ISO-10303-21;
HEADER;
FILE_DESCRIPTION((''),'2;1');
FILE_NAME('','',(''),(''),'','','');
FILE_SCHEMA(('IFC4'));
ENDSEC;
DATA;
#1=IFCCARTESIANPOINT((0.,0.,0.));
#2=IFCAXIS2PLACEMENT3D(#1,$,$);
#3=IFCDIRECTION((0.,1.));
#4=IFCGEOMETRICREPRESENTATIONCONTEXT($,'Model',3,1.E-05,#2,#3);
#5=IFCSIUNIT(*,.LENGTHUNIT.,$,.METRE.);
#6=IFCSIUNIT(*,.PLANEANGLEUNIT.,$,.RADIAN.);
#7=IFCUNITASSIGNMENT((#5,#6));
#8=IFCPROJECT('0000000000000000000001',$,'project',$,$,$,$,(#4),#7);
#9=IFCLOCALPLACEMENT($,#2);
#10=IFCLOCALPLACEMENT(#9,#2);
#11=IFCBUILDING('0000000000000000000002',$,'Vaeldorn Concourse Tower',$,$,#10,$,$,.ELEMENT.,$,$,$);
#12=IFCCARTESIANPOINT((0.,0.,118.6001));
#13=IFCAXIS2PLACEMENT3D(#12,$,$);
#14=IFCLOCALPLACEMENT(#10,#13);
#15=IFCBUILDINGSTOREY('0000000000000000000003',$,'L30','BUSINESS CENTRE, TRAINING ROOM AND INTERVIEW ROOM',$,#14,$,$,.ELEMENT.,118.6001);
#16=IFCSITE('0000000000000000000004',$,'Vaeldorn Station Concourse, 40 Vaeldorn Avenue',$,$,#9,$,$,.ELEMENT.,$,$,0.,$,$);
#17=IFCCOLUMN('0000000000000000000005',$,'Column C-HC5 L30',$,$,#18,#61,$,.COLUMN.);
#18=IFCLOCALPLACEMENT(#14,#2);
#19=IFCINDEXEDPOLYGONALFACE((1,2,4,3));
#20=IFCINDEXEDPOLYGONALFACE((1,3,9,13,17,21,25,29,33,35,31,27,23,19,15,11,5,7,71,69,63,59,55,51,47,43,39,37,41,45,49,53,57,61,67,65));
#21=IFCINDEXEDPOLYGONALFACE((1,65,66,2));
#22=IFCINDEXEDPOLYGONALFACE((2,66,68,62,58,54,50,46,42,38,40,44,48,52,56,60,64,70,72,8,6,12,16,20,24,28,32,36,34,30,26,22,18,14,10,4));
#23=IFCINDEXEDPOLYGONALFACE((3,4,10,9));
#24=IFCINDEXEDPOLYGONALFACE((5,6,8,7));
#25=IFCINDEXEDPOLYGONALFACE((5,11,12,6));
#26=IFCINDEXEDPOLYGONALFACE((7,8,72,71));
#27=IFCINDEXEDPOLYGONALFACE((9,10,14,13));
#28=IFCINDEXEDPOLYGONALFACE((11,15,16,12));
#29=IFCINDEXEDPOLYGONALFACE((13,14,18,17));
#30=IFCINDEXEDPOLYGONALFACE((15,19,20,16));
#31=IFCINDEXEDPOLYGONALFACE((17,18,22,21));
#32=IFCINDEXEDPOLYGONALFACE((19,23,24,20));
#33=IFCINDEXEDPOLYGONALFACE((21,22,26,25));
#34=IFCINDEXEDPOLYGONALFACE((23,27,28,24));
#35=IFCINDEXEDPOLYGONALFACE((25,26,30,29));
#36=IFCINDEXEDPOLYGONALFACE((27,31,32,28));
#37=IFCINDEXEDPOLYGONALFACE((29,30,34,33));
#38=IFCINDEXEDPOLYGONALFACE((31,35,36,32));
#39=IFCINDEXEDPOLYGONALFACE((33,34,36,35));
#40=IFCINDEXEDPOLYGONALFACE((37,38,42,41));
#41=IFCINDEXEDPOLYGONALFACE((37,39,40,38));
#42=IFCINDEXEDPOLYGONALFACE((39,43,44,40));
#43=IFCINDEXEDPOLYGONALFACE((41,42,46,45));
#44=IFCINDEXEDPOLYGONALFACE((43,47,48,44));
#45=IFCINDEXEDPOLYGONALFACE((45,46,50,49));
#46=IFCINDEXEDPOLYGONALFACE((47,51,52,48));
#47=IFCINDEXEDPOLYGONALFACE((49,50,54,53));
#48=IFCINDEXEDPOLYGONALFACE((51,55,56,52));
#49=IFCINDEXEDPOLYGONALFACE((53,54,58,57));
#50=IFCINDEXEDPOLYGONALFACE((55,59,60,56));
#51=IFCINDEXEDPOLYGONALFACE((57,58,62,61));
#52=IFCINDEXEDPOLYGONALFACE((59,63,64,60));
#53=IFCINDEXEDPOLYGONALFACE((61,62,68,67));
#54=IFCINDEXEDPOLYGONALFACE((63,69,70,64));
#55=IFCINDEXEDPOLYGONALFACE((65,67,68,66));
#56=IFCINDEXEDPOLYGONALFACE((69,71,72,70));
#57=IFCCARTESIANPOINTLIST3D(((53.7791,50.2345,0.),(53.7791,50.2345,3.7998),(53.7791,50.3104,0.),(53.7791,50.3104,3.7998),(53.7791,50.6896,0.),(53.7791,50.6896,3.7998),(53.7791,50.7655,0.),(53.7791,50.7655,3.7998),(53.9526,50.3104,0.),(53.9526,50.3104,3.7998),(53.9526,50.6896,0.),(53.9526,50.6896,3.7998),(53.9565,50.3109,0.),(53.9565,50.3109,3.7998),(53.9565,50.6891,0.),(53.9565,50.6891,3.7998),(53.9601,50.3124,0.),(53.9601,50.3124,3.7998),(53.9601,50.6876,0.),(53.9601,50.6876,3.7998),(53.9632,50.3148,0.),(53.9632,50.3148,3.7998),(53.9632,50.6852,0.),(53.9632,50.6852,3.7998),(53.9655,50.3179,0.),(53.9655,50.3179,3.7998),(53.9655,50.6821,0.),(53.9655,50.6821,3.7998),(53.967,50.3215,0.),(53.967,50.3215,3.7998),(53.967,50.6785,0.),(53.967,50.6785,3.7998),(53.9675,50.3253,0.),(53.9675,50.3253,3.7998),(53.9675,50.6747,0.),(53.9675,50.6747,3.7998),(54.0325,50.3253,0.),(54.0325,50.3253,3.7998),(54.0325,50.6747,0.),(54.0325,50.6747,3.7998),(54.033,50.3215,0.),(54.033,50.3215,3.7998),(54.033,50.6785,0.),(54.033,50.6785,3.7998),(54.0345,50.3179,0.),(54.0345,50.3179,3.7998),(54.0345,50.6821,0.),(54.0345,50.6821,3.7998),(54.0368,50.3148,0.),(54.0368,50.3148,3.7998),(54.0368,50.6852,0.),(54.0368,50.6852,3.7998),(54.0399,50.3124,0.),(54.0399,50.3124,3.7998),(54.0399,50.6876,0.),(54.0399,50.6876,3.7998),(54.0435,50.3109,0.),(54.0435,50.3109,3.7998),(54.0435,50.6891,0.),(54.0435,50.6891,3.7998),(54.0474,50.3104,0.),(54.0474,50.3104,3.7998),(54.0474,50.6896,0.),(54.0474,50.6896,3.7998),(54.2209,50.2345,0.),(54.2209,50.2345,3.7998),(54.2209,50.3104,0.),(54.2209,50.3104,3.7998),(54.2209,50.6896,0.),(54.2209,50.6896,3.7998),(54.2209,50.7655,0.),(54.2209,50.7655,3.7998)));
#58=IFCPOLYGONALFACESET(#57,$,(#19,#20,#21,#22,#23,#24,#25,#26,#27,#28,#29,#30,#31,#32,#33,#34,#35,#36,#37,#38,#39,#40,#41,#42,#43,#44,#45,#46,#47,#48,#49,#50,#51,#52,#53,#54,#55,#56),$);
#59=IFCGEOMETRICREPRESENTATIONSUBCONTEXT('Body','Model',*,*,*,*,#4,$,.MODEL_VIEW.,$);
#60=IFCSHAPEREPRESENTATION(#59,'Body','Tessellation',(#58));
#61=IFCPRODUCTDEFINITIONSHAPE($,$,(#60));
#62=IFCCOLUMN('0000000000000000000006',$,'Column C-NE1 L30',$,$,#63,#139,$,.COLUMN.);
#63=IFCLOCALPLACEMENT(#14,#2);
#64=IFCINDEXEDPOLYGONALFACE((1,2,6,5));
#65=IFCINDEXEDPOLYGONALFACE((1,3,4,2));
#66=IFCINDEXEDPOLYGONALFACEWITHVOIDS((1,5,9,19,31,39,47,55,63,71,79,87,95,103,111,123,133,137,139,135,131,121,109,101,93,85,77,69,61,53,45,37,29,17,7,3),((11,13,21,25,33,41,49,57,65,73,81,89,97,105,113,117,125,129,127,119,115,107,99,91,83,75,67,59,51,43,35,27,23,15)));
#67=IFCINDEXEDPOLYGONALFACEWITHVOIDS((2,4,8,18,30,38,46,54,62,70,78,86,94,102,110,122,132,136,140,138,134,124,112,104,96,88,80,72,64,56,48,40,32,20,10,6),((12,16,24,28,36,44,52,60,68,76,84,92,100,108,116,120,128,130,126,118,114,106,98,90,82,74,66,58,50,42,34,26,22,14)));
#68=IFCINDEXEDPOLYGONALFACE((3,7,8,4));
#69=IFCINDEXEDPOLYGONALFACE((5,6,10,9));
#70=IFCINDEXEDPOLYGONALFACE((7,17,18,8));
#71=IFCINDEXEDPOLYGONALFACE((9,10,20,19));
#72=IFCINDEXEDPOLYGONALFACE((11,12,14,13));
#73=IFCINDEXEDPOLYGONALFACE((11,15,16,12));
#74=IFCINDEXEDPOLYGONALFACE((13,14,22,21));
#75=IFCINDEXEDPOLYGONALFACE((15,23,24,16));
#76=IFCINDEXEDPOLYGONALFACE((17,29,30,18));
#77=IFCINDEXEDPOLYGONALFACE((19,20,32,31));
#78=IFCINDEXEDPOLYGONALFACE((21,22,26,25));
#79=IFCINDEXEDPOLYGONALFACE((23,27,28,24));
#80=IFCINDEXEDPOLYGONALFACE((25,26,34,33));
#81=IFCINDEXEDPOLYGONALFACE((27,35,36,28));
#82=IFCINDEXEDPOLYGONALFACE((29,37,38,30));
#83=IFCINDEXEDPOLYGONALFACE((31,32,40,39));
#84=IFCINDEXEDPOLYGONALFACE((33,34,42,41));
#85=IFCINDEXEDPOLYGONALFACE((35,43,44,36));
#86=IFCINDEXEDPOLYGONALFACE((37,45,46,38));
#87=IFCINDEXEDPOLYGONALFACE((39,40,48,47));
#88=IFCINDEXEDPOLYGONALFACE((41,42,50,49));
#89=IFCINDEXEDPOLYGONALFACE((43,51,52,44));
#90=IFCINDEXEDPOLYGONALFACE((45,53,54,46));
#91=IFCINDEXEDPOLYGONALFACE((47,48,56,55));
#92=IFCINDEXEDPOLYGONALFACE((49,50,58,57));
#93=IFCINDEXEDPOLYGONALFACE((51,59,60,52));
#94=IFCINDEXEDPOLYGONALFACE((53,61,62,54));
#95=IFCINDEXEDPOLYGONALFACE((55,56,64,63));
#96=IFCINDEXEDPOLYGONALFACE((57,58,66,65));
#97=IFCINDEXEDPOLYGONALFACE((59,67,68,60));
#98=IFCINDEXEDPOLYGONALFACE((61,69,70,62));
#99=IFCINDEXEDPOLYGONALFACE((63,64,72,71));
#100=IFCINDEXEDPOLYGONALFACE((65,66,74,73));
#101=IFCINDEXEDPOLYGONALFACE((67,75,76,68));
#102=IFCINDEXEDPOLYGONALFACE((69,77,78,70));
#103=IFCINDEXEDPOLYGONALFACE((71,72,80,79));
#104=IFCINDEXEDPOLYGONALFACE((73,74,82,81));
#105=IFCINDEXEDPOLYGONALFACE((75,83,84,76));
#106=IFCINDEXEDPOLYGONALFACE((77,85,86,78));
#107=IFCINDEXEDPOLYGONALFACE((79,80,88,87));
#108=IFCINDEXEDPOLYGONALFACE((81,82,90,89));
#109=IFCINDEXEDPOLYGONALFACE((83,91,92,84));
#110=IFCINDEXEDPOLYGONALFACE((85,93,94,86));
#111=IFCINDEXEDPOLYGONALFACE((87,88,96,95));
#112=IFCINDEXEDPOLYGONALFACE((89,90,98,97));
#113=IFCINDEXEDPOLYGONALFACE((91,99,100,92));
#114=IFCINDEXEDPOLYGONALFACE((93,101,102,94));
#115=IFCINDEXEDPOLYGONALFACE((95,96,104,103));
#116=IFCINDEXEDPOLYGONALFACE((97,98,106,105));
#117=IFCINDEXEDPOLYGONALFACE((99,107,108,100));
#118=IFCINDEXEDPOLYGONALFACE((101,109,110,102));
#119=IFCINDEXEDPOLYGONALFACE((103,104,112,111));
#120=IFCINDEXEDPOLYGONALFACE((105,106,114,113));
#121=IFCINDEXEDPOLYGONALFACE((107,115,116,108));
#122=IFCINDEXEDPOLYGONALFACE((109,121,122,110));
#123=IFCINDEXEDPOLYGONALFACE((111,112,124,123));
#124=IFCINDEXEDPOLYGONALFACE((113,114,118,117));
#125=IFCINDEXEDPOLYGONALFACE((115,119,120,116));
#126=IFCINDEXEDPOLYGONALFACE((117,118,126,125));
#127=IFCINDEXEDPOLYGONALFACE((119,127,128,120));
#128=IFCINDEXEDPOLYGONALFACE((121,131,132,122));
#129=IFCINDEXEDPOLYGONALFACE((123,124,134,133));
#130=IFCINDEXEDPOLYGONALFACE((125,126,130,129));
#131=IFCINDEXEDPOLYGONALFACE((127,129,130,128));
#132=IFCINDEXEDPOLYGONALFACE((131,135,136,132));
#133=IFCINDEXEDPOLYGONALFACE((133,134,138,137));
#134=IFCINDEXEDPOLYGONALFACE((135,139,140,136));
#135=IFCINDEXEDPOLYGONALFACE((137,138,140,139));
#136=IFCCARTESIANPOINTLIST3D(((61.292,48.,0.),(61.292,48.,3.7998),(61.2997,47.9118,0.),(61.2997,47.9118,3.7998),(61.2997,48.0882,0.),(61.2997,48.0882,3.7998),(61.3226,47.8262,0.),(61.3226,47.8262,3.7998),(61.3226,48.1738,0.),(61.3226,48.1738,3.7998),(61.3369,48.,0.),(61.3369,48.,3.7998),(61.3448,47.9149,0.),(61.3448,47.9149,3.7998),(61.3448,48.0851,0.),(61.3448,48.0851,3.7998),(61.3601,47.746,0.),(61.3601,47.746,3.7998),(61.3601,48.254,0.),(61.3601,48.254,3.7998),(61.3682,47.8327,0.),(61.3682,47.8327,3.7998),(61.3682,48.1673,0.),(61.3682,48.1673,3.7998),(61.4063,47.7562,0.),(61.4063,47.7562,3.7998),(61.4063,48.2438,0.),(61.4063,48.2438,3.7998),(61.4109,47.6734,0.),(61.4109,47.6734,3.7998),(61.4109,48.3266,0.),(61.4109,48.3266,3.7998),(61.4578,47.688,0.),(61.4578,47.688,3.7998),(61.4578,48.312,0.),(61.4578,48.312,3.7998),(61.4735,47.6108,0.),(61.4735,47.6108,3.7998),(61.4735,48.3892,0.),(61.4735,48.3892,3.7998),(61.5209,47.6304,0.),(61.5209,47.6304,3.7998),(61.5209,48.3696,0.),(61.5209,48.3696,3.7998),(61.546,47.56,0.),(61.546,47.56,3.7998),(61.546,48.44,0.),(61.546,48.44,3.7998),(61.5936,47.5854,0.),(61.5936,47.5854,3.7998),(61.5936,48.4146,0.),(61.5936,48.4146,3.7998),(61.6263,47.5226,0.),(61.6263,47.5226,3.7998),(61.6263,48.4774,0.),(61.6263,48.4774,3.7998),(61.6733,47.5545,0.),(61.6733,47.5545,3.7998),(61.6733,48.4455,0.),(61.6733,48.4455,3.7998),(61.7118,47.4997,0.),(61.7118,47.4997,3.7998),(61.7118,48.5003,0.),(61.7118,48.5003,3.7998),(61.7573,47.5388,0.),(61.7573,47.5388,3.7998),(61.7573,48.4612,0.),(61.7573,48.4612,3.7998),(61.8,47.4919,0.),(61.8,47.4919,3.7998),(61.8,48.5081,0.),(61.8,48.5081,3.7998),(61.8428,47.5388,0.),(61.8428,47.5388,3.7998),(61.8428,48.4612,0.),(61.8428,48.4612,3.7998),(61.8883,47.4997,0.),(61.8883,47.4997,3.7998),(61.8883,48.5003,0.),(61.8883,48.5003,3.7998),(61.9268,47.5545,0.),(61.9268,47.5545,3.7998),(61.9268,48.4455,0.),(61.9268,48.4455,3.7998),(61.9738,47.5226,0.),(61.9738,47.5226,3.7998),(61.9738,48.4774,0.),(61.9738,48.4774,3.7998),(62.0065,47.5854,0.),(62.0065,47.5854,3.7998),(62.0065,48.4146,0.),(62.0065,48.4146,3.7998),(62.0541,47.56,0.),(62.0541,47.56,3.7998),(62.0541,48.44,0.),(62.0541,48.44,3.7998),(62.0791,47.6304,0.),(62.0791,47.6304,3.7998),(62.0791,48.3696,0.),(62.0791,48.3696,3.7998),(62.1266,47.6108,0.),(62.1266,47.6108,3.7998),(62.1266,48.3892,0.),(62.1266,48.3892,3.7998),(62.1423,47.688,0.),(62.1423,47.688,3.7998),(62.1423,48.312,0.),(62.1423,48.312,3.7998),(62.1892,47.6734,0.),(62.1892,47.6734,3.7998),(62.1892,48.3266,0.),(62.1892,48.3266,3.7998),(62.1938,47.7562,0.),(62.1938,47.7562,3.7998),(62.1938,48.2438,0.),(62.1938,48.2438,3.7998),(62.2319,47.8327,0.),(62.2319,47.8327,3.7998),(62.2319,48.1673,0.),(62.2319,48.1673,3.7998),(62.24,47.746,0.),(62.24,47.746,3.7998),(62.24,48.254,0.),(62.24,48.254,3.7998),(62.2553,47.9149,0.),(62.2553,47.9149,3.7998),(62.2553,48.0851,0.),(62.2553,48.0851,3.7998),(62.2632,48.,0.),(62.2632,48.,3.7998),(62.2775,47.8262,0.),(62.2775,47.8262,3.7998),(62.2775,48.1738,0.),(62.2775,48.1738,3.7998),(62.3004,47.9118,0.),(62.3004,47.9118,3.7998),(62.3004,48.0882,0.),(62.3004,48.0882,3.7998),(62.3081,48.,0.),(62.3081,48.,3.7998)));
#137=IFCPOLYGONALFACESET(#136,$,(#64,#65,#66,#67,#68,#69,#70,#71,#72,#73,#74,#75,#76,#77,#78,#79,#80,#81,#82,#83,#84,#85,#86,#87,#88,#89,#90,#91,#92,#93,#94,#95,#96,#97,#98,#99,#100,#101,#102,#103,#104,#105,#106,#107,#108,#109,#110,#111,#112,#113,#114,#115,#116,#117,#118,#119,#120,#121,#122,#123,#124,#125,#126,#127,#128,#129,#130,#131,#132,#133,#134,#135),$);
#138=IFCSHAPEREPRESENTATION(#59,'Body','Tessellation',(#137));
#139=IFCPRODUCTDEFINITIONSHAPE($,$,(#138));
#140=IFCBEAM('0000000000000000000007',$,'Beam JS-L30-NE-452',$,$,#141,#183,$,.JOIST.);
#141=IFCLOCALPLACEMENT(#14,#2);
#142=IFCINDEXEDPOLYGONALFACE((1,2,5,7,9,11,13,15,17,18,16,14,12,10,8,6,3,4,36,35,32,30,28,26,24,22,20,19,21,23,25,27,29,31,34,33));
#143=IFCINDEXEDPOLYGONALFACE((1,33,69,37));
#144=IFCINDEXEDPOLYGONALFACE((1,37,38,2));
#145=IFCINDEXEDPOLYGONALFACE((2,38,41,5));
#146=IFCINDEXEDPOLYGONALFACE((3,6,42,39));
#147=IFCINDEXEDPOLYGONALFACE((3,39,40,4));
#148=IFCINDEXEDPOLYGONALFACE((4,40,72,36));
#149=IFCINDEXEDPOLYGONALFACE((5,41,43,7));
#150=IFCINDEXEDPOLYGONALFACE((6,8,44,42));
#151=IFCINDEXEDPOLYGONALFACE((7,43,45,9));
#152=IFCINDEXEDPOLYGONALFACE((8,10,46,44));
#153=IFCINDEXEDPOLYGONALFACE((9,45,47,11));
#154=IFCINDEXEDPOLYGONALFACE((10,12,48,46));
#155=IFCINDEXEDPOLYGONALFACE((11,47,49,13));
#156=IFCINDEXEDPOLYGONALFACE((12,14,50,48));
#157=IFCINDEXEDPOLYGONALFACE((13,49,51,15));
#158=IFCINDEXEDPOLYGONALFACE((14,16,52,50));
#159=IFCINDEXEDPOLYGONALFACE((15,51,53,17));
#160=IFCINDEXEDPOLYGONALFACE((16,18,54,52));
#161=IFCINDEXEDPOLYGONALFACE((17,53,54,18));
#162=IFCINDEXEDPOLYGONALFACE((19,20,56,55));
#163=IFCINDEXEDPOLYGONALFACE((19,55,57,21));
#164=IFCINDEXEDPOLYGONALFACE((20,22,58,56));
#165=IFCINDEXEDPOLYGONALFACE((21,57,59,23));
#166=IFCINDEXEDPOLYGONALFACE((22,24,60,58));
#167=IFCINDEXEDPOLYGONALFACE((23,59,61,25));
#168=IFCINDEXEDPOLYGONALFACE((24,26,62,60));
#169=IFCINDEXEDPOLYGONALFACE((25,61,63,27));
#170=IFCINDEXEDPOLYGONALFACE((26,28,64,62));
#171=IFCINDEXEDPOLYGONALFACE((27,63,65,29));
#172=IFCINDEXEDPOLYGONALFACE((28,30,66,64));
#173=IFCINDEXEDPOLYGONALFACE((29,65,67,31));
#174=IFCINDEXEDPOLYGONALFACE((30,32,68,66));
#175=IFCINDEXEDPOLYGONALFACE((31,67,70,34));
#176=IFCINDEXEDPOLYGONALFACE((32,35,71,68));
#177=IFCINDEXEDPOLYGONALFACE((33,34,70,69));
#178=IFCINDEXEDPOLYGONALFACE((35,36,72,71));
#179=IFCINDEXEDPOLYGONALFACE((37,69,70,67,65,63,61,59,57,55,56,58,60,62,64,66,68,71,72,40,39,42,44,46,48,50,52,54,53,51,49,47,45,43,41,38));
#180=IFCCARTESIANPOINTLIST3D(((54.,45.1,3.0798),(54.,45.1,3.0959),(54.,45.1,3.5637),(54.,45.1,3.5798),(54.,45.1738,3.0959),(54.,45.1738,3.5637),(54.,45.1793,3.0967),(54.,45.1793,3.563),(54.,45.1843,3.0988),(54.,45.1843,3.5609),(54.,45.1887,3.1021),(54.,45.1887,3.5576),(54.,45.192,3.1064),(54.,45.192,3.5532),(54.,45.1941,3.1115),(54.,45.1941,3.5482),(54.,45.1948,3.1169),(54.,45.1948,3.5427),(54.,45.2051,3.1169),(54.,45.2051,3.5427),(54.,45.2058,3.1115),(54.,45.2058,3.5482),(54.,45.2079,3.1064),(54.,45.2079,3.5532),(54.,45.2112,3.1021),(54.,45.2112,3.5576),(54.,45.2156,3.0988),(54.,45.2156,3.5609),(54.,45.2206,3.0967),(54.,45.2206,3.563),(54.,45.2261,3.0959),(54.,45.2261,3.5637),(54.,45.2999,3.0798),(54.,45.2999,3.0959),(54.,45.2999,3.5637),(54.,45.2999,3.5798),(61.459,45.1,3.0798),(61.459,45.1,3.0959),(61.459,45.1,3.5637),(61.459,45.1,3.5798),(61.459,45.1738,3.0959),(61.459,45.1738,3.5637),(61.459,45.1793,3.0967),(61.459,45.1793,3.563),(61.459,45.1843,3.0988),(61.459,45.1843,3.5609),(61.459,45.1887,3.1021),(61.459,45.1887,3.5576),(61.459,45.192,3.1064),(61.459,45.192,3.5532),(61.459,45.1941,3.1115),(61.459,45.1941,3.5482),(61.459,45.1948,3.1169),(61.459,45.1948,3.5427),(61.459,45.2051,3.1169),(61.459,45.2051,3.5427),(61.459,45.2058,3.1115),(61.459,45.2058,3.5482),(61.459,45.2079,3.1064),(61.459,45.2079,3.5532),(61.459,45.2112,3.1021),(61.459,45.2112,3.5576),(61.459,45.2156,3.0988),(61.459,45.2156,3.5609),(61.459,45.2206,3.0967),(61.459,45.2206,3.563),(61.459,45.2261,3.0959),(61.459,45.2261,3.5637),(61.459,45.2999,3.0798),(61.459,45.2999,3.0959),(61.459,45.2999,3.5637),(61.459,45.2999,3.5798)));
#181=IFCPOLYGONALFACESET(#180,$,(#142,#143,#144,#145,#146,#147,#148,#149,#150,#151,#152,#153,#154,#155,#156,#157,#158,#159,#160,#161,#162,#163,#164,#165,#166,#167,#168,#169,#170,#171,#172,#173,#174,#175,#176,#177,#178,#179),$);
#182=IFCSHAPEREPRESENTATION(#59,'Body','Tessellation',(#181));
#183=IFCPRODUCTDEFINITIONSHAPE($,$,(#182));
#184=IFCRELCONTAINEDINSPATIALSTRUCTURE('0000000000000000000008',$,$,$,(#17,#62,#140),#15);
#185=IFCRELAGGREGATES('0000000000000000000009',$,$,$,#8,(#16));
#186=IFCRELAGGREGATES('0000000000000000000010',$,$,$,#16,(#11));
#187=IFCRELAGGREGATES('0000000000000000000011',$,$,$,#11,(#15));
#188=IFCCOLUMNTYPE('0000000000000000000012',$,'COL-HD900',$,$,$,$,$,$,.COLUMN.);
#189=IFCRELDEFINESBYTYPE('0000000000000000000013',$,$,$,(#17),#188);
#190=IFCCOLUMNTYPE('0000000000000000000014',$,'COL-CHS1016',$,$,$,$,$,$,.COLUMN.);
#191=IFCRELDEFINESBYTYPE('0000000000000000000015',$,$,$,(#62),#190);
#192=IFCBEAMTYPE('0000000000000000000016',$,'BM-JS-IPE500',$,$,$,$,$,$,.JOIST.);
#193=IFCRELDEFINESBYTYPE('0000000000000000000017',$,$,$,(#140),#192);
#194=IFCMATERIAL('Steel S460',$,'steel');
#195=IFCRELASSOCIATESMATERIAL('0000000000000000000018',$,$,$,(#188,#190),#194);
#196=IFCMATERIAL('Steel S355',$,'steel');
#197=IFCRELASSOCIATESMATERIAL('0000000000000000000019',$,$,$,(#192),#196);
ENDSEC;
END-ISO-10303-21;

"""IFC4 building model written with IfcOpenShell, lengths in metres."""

from ifc_helpers import new_model, si_unit, direction, frame, origin, origin_2d, place, context, subcontext, project, spatial, hollow_circle, i_section, extrude, source, transform, mapped, material, material_profile, profile_set, type_object, element, save


model = new_model("IFC4")

# Units and contexts
model_context = context("Model", 3, precision=1e-05, world=origin(), true_north=direction((0.0, 1.0)))
body_context = subcontext(model_context, "Body", "Model", "MODEL_VIEW")
ifc_project = project(units=[si_unit("LENGTHUNIT", "METRE"), si_unit("PLANEANGLEUNIT", "RADIAN")], contexts=[model_context])

# Site, building, storey
site_placement = place(None, origin())
site = spatial("IfcSite", under=ifc_project, at=site_placement, Name="Vaeldorn Station Concourse, 40 Vaeldorn Avenue", CompositionType="ELEMENT", RefElevation=0.0)
building_placement = place(site_placement, origin())
building = spatial("IfcBuilding", under=site, at=building_placement, Name="Vaeldorn Concourse Tower", CompositionType="ELEMENT")
storey_placement = place(building_placement, frame((0.0, 0.0, 118.6001)))
storey = spatial("IfcBuildingStorey", under=building, at=storey_placement, Name="L30", Description="BUSINESS CENTRE, TRAINING ROOM AND INTERVIEW ROOM", CompositionType="ELEMENT", Elevation=118.6001)

# Columns
ifc_material_1 = material(Name="Steel S460", Category="steel")
ifc_material_profile_1 = material_profile(ifc_material_1, i_section(OverallWidth=0.4419, OverallDepth=0.531, WebThickness=0.0649, FlangeThickness=0.0759, FilletRadius=0.0149, at=origin_2d()), Name="HD 400x900")
ifc_profile_set_1 = profile_set([ifc_material_profile_1], Name="Steel S460")
column_type_1 = type_object("IfcColumnType", Name="COL-HD900", PredefinedType="COLUMN", material=ifc_profile_set_1)
shared_shape_1 = source(origin(), body_context, "Body", "SweptSolid", [
    extrude(i_section(OverallWidth=0.4419, OverallDepth=0.531, WebThickness=0.0649, FlangeThickness=0.0759, FilletRadius=0.0149, at=origin_2d()), origin(), (0.0, 0.0, 1.0), 3.7998),
])
column_1_placement = place(storey_placement, frame((54.0, 50.5, 0.0), z_axis=(0.0, 0.0, 1.0), x_axis=(1.0, 0.0, 0.0)))
element("IfcColumn", 1, at=column_1_placement, inside=storey, type_object=column_type_1, Name="Column C-HC5 L30", PredefinedType="COLUMN", context=body_context, shape_type="MappedRepresentation", body=[
    mapped(shared_shape_1, transform((0.0, 0.0, 0.0), scale=1.0)),
])
ifc_material_profile_2 = material_profile(ifc_material_1, hollow_circle(Radius=0.5081, WallThickness=0.0449, at=origin_2d()), Name="CHS 1016x45")
ifc_profile_set_2 = profile_set([ifc_material_profile_2], Name="Steel S460")
column_type_2 = type_object("IfcColumnType", Name="COL-CHS1016", PredefinedType="COLUMN", material=ifc_profile_set_2)
shared_shape_2 = source(origin(), body_context, "Body", "SweptSolid", [
    extrude(hollow_circle(Radius=0.5081, WallThickness=0.0449, at=origin_2d()), origin(), (0.0, 0.0, 1.0), 3.7998),
])
column_2_placement = place(storey_placement, frame((61.8, 48.0, 0.0), z_axis=(0.0, 0.0, 1.0), x_axis=(1.0, 0.0, 0.0)))
element("IfcColumn", 2, at=column_2_placement, inside=storey, type_object=column_type_2, Name="Column C-NE1 L30", PredefinedType="COLUMN", context=body_context, shape_type="MappedRepresentation", body=[
    mapped(shared_shape_2, transform((0.0, 0.0, 0.0), scale=1.0)),
])

# Beam
ifc_material_2 = material(Name="Steel S355", Category="steel")
ifc_material_profile_3 = material_profile(ifc_material_2, i_section(OverallWidth=0.2, OverallDepth=0.5, WebThickness=0.0103, FlangeThickness=0.0161, FilletRadius=0.021, at=origin_2d()), Name="IPE 500")
ifc_profile_set_3 = profile_set([ifc_material_profile_3], Name="Steel S355")
beam_type_1 = type_object("IfcBeamType", Name="BM-JS-IPE500", PredefinedType="JOIST", material=ifc_profile_set_3)
shared_shape_3 = source(origin(), body_context, "Body", "SweptSolid", [
    extrude(i_section(OverallWidth=0.2, OverallDepth=0.5, WebThickness=0.0103, FlangeThickness=0.0161, FilletRadius=0.021, at=origin_2d()), origin(), (0.0, 0.0, 1.0), 7.459),
])
beam_1_placement = place(storey_placement, frame((54.0, 45.2, 3.3298), z_axis=(1.0, 0.0, 0.0), x_axis=(0.0, 1.0, 0.0)))
element("IfcBeam", 3, at=beam_1_placement, inside=storey, type_object=beam_type_1, Name="Beam JS-L30-NE-452", PredefinedType="JOIST", context=body_context, shape_type="MappedRepresentation", body=[
    mapped(shared_shape_3, transform((0.0, 0.0, 0.0), scale=1.0)),
])

save(model, "model.ifc")
